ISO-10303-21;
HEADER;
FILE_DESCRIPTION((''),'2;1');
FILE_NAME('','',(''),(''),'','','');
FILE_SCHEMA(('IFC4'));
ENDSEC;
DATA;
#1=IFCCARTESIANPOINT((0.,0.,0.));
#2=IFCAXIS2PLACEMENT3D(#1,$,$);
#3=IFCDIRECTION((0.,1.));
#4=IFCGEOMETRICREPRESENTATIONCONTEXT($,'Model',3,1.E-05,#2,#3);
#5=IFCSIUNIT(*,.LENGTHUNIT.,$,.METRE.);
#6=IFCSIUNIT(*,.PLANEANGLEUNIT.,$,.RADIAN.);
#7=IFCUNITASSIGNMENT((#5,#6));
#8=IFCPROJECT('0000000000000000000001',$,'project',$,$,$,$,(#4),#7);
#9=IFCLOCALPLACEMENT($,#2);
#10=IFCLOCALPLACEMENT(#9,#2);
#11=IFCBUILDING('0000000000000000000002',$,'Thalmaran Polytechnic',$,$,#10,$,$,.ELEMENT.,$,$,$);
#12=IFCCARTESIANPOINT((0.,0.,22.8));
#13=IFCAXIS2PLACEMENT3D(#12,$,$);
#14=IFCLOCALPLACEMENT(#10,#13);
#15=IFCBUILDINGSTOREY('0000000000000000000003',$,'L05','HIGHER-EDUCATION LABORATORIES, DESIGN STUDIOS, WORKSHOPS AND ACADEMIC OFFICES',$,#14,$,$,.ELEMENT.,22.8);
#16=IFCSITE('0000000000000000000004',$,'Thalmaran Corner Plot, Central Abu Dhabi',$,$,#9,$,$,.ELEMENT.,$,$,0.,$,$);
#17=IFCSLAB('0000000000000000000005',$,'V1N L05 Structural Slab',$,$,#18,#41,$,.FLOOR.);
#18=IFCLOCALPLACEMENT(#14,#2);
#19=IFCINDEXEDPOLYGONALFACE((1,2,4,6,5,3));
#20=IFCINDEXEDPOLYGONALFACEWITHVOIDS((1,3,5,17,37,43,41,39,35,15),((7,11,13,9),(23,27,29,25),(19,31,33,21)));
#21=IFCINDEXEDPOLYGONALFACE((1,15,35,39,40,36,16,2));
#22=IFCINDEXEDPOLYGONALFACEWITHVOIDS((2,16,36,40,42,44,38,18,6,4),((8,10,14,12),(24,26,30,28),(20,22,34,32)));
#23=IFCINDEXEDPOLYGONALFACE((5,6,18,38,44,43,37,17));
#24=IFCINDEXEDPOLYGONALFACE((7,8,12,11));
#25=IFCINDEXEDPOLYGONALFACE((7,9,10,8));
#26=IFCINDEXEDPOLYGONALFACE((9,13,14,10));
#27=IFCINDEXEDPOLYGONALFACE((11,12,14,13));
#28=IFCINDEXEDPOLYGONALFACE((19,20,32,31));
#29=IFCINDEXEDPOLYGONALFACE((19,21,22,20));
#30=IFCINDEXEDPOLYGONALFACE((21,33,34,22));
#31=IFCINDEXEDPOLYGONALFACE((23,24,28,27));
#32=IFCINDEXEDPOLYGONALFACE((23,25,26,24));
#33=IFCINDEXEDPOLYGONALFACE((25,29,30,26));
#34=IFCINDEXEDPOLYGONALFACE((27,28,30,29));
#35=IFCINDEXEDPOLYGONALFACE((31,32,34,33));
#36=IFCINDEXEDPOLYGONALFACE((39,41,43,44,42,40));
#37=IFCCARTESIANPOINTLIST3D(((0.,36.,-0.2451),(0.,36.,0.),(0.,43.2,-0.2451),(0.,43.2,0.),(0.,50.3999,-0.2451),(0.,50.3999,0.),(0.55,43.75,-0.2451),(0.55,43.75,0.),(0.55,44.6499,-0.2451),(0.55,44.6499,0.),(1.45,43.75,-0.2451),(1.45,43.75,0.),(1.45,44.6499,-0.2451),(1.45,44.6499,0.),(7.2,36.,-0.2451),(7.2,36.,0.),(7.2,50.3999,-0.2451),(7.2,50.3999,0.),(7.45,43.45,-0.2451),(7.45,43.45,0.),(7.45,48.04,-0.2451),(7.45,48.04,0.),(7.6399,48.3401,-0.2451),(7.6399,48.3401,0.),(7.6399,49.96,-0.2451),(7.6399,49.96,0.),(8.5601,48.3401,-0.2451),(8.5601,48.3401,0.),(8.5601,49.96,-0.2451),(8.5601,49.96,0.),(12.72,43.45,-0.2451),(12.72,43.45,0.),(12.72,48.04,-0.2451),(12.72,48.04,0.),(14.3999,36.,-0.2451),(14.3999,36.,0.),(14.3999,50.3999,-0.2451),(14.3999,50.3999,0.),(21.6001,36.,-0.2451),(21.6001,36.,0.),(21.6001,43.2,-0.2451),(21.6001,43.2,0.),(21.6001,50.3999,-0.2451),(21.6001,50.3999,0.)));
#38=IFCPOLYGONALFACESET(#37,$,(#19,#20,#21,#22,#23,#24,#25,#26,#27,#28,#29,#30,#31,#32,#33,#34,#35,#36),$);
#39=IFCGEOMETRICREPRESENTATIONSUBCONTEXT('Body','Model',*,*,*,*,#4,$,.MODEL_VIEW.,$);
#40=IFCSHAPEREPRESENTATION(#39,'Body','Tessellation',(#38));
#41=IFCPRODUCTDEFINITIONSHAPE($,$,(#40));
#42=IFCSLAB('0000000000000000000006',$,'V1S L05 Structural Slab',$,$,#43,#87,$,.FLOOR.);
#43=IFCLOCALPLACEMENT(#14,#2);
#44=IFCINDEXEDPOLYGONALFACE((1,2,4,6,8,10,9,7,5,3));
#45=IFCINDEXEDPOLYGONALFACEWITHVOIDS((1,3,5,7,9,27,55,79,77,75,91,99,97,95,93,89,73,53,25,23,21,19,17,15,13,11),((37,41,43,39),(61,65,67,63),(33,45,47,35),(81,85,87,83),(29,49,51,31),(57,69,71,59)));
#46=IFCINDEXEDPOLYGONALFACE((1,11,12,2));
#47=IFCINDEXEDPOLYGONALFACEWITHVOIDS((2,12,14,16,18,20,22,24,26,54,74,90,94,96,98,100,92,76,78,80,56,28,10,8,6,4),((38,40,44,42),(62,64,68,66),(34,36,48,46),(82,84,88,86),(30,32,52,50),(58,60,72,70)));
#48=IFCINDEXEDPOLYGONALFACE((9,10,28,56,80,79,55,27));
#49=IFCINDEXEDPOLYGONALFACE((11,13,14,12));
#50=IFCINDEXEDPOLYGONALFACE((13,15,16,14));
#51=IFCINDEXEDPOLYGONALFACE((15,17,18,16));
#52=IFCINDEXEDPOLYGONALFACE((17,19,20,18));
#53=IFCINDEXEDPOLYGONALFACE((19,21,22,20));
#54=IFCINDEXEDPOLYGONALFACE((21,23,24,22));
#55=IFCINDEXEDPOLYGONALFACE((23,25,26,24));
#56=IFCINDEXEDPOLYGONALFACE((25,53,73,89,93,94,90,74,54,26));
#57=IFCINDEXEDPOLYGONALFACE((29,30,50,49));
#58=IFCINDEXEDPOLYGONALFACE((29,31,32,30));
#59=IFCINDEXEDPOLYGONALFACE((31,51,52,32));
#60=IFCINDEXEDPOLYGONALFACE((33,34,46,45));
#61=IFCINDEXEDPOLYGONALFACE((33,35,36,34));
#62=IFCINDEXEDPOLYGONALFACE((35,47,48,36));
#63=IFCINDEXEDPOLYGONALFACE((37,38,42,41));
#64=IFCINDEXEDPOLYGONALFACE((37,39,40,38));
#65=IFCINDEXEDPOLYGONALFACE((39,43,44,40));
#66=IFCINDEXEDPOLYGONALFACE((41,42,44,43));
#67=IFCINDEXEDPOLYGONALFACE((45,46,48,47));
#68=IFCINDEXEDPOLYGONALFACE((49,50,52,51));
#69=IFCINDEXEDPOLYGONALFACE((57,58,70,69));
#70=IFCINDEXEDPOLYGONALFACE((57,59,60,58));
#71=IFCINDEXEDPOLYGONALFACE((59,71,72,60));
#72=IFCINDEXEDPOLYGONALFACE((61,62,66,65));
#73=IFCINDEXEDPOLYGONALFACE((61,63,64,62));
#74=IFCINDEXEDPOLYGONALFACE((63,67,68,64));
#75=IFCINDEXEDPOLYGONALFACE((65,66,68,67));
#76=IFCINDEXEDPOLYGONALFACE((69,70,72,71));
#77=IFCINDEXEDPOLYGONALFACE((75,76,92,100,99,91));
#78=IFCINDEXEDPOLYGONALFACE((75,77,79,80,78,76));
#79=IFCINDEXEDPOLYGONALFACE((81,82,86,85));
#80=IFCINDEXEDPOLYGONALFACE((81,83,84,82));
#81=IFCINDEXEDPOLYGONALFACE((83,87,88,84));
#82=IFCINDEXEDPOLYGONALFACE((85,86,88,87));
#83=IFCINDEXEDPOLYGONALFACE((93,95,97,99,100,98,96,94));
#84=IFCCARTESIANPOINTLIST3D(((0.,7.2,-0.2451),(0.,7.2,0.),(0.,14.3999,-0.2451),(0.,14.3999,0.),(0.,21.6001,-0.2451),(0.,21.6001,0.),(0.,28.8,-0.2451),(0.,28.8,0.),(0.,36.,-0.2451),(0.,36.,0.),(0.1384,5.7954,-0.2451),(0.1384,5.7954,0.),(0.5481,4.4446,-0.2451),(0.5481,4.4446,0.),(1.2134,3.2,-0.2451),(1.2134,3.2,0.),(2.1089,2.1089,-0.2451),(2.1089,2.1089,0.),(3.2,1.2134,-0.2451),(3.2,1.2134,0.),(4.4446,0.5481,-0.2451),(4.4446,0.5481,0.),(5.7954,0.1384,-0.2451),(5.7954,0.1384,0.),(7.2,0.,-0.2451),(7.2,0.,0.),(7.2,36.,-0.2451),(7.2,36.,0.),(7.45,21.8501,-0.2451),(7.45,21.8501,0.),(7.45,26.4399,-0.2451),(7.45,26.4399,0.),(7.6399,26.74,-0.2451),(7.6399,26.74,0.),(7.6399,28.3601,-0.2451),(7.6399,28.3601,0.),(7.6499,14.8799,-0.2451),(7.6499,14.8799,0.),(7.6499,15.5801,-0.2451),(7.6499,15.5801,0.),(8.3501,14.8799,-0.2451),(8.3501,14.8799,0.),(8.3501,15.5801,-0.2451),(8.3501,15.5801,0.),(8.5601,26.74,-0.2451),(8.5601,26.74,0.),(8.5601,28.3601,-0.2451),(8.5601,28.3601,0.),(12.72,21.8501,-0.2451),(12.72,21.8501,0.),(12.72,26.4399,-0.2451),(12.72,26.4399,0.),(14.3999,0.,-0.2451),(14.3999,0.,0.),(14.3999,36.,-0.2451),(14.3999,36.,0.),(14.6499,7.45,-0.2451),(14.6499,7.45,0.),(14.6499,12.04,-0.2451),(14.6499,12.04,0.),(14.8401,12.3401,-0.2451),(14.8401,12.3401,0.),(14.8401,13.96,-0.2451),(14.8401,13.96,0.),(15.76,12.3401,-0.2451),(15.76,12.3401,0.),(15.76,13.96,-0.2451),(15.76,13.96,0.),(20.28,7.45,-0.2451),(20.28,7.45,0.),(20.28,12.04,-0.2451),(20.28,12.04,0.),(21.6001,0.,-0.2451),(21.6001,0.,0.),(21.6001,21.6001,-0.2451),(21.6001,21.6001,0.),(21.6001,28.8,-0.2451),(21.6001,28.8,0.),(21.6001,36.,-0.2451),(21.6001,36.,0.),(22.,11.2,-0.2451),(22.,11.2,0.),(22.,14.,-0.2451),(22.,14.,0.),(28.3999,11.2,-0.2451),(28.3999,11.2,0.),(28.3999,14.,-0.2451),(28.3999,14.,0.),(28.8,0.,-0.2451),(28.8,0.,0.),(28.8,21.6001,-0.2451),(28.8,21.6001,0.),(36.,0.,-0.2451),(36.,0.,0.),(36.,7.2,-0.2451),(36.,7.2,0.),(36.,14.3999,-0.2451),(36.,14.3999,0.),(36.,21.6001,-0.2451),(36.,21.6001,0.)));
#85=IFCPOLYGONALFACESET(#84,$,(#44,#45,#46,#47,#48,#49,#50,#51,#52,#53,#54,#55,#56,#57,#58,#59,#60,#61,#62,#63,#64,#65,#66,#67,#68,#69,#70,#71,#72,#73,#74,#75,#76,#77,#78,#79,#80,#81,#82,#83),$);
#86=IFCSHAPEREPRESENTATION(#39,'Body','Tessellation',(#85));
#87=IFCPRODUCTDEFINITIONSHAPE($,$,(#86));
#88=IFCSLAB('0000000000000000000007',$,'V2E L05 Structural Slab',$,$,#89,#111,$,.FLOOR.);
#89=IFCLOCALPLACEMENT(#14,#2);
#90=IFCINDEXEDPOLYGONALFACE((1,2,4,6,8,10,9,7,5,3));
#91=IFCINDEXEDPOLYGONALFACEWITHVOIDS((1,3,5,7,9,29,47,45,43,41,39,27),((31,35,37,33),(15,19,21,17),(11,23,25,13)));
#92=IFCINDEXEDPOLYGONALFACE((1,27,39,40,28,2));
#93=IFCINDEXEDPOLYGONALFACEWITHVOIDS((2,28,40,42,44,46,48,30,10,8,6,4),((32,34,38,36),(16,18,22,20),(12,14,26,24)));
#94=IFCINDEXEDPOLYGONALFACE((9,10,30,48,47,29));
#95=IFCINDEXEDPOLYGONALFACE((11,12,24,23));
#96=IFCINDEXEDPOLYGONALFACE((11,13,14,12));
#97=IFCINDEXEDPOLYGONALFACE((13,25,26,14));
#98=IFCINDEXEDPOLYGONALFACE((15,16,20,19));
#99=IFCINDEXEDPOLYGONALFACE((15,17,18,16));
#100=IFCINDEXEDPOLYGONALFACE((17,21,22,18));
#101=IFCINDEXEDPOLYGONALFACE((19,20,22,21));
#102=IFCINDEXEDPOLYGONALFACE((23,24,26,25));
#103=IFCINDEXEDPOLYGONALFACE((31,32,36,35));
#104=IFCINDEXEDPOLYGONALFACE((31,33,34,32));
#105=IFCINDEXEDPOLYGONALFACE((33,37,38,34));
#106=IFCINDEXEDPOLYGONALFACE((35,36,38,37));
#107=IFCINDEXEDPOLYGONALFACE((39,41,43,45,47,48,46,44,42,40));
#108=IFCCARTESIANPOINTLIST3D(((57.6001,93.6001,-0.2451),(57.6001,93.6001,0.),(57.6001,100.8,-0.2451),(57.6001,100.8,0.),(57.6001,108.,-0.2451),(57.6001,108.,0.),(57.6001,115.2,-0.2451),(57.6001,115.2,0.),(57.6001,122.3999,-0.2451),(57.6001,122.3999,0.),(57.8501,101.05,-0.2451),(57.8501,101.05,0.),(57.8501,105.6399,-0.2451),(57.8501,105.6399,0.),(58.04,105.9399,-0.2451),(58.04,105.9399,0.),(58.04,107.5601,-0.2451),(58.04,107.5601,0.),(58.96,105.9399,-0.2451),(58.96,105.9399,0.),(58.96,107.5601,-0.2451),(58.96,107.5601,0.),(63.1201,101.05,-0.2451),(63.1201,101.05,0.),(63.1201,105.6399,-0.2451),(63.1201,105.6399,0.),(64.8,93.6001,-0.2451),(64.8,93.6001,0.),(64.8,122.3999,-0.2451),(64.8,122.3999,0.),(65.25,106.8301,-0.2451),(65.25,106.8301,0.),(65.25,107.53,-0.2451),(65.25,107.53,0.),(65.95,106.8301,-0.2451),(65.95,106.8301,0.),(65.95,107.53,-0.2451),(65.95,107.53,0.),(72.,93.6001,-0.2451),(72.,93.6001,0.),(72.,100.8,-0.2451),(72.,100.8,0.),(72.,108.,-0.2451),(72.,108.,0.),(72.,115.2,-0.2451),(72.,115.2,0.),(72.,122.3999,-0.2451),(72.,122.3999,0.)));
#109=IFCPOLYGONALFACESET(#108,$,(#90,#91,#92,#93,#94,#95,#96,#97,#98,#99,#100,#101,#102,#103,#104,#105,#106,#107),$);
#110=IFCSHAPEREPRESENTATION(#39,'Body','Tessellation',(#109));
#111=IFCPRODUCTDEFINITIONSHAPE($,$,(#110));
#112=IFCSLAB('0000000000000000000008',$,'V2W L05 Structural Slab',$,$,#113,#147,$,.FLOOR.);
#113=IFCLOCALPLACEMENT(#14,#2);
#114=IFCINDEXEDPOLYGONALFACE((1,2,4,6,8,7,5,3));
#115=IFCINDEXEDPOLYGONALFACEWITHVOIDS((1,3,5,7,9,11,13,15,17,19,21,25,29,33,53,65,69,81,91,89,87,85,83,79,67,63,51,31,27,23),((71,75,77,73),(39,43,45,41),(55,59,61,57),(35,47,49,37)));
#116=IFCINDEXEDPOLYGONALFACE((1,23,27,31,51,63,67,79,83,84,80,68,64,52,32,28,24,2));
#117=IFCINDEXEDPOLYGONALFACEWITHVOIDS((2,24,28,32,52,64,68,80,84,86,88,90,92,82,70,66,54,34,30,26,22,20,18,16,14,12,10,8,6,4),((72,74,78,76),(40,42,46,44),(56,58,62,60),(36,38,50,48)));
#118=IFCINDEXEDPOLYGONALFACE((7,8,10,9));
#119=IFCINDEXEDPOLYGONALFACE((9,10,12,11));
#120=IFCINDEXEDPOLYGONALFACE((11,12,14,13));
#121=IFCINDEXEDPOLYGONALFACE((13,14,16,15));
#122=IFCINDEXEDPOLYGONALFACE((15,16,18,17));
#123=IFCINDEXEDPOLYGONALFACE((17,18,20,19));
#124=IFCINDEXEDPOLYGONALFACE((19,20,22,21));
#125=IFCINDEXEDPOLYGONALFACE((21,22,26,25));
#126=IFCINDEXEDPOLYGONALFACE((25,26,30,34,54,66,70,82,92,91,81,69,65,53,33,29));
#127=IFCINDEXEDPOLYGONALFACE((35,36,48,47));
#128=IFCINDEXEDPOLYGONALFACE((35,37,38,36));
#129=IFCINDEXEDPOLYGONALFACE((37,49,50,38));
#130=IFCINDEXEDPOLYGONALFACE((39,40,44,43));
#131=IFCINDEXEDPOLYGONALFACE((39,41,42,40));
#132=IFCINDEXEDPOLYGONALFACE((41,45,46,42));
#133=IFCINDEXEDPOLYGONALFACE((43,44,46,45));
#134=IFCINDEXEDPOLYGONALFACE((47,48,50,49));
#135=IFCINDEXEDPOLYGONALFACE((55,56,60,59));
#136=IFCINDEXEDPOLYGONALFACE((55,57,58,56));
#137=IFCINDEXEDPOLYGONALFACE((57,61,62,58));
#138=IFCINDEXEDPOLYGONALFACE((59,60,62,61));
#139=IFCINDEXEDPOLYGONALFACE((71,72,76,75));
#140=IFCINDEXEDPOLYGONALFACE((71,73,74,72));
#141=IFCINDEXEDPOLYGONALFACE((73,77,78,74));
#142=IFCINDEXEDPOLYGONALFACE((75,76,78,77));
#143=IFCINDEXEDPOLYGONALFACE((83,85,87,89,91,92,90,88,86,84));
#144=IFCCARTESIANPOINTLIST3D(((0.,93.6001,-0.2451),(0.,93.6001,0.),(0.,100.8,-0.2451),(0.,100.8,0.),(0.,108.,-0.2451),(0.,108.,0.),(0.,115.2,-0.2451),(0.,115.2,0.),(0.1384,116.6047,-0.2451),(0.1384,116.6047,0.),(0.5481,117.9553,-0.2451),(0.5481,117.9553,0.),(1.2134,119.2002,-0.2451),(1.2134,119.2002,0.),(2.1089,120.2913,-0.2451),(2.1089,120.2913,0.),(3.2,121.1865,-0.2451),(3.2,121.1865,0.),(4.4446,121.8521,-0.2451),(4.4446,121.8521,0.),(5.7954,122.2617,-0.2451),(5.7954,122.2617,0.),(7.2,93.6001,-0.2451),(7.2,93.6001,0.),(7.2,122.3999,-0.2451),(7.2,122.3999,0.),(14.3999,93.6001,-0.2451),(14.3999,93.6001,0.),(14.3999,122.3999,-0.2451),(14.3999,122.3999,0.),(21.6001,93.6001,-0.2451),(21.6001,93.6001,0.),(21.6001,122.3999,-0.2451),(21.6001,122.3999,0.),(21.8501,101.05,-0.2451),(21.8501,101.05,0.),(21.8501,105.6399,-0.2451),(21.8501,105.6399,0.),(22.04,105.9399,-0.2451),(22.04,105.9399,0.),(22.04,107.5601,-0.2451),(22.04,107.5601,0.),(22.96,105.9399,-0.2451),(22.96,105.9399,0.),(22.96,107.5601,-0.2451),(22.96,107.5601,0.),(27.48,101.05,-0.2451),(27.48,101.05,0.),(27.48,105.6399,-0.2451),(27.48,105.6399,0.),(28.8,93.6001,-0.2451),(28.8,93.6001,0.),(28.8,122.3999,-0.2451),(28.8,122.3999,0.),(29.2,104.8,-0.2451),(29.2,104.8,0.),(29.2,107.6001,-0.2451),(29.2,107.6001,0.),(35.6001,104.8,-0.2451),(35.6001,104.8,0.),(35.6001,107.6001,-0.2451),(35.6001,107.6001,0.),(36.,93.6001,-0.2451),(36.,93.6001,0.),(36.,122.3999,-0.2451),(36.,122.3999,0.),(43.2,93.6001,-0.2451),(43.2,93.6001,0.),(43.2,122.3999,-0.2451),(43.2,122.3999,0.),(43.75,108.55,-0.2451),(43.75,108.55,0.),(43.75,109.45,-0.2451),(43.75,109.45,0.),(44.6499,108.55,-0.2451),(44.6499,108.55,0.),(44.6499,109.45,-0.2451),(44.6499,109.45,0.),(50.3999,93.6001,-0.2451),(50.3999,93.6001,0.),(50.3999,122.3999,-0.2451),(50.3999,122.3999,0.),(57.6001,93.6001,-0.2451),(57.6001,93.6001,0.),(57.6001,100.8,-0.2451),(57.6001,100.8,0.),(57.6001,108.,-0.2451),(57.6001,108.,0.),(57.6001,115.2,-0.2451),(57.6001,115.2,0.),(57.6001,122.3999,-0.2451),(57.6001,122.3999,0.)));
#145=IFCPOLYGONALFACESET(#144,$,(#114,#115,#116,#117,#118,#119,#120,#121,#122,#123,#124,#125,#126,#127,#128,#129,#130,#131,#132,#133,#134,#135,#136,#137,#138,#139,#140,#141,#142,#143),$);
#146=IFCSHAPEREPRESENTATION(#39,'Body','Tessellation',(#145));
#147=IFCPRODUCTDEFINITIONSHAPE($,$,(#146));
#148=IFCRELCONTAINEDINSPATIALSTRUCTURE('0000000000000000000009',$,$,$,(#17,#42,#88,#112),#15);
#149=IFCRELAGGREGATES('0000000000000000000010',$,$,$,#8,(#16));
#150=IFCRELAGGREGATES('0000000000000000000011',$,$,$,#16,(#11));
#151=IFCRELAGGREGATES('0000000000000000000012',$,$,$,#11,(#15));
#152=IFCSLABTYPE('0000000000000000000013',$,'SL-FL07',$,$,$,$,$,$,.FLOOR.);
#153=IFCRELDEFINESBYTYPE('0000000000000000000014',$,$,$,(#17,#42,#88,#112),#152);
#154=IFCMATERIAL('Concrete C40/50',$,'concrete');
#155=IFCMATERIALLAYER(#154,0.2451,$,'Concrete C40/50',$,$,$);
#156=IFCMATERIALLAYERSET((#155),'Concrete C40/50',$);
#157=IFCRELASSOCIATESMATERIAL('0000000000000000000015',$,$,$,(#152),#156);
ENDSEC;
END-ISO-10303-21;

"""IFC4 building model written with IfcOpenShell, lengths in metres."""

from ifc_helpers import new_model, si_unit, direction, frame, origin, place, context, subcontext, project, spatial, polyline, outline, extrude, material, layer, layer_set, type_object, element, save


model = new_model("IFC4")

# Units and contexts
model_context = context("Model", 3, precision=1e-05, world=origin(), true_north=direction((0.0, 1.0)))
body_context = subcontext(model_context, "Body", "Model", "MODEL_VIEW")
ifc_project = project(units=[si_unit("LENGTHUNIT", "METRE"), si_unit("PLANEANGLEUNIT", "RADIAN")], contexts=[model_context])

# Site, building, storey
site_placement = place(None, origin())
site = spatial("IfcSite", under=ifc_project, at=site_placement, Name="Thalmaran Corner Plot, Central Abu Dhabi", CompositionType="ELEMENT", RefElevation=0.0)
building_placement = place(site_placement, origin())
building = spatial("IfcBuilding", under=site, at=building_placement, Name="Thalmaran Polytechnic", CompositionType="ELEMENT")
storey_placement = place(building_placement, frame((0.0, 0.0, 22.8)))
storey = spatial("IfcBuildingStorey", under=building, at=storey_placement, Name="L05", Description="HIGHER-EDUCATION LABORATORIES, DESIGN STUDIOS, WORKSHOPS AND ACADEMIC OFFICES", CompositionType="ELEMENT", Elevation=22.8)

# Slabs
ifc_material_1 = material(Name="Concrete C40/50", Category="concrete")
ifc_layer_1 = layer(ifc_material_1, 0.2451, Name="Concrete C40/50")
ifc_layer_set_1 = layer_set([ifc_layer_1], Name="Concrete C40/50")
slab_type_1 = type_object("IfcSlabType", Name="SL-FL07", PredefinedType="FLOOR", material=ifc_layer_set_1)
slab_1_placement = place(storey_placement, frame((0.0, 0.0, -0.2451)))
element("IfcSlab", 1, at=slab_1_placement, inside=storey, type_object=slab_type_1, Name="V1N L05 Structural Slab", PredefinedType="FLOOR", context=body_context, shape_type="SweptSolid", body=[
    extrude(outline(polyline([(14.3999, 50.3999), (21.6001, 50.3999), (21.6001, 43.2), (21.6001, 36.0), (14.3999, 36.0), (7.2, 36.0), (0.0, 36.0), (0.0, 43.2), (0.0, 50.3999), (7.2, 50.3999), (14.3999, 50.3999)]), holes=[polyline([(7.45, 43.45), (12.72, 43.45), (12.72, 48.04), (7.45, 48.04), (7.45, 43.45)]), polyline([(7.6399, 49.96), (7.6399, 48.3401), (8.5601, 48.3401), (8.5601, 49.96), (7.6399, 49.96)]), polyline([(1.45, 44.6499), (0.55, 44.6499), (0.55, 43.75), (1.45, 43.75), (1.45, 44.6499)])]), origin(), (0.0, 0.0, 1.0), 0.2451),
])
slab_2_placement = place(storey_placement, frame((0.0, 0.0, -0.2451)))
element("IfcSlab", 2, at=slab_2_placement, inside=storey, type_object=slab_type_1, Name="V1S L05 Structural Slab", PredefinedType="FLOOR", context=body_context, shape_type="SweptSolid", body=[
    extrude(outline(polyline([(0.0, 21.6001), (0.0, 28.8), (0.0, 36.0), (7.2, 36.0), (14.3999, 36.0), (21.6001, 36.0), (21.6001, 28.8), (21.6001, 21.6001), (28.8, 21.6001), (36.0, 21.6001), (36.0, 14.3999), (36.0, 7.2), (36.0, 0.0), (28.8, 0.0), (21.6001, 0.0), (14.3999, 0.0), (7.2, 0.0), (5.7954, 0.1384), (4.4446, 0.5481), (3.2, 1.2134), (2.1089, 2.1089), (1.2134, 3.2), (0.5481, 4.4446), (0.1384, 5.7954), (0.0, 7.2), (0.0, 14.3999), (0.0, 21.6001)]), holes=[polyline([(28.3999, 11.2), (28.3999, 14.0), (22.0, 14.0), (22.0, 11.2), (28.3999, 11.2)]), polyline([(14.6499, 12.04), (14.6499, 7.45), (20.28, 7.45), (20.28, 12.04), (14.6499, 12.04)]), polyline([(15.76, 13.96), (14.8401, 13.96), (14.8401, 12.3401), (15.76, 12.3401), (15.76, 13.96)]), polyline([(7.45, 21.8501), (12.72, 21.8501), (12.72, 26.4399), (7.45, 26.4399), (7.45, 21.8501)]), polyline([(7.6399, 28.3601), (7.6399, 26.74), (8.5601, 26.74), (8.5601, 28.3601), (7.6399, 28.3601)]), polyline([(8.3501, 15.5801), (7.6499, 15.5801), (7.6499, 14.8799), (8.3501, 14.8799), (8.3501, 15.5801)])]), origin(), (0.0, 0.0, 1.0), 0.2451),
])
slab_3_placement = place(storey_placement, frame((0.0, 0.0, -0.2451)))
element("IfcSlab", 3, at=slab_3_placement, inside=storey, type_object=slab_type_1, Name="V2E L05 Structural Slab", PredefinedType="FLOOR", context=body_context, shape_type="SweptSolid", body=[
    extrude(outline(polyline([(64.8, 122.3999), (72.0, 122.3999), (72.0, 115.2), (72.0, 108.0), (72.0, 100.8), (72.0, 93.6001), (64.8, 93.6001), (57.6001, 93.6001), (57.6001, 100.8), (57.6001, 108.0), (57.6001, 115.2), (57.6001, 122.3999), (64.8, 122.3999)]), holes=[polyline([(65.95, 107.53), (65.25, 107.53), (65.25, 106.8301), (65.95, 106.8301), (65.95, 107.53)]), polyline([(57.8501, 101.05), (63.1201, 101.05), (63.1201, 105.6399), (57.8501, 105.6399), (57.8501, 101.05)]), polyline([(58.04, 107.5601), (58.04, 105.9399), (58.96, 105.9399), (58.96, 107.5601), (58.04, 107.5601)])]), origin(), (0.0, 0.0, 1.0), 0.2451),
])
slab_4_placement = place(storey_placement, frame((0.0, 0.0, -0.2451)))
element("IfcSlab", 4, at=slab_4_placement, inside=storey, type_object=slab_type_1, Name="V2W L05 Structural Slab", PredefinedType="FLOOR", context=body_context, shape_type="SweptSolid", body=[
    extrude(outline(polyline([(0.0, 108.0), (0.0, 115.2), (0.1384, 116.6047), (0.5481, 117.9553), (1.2134, 119.2002), (2.1089, 120.2913), (3.2, 121.1865), (4.4446, 121.8521), (5.7954, 122.2617), (7.2, 122.3999), (14.3999, 122.3999), (21.6001, 122.3999), (28.8, 122.3999), (36.0, 122.3999), (43.2, 122.3999), (50.3999, 122.3999), (57.6001, 122.3999), (57.6001, 115.2), (57.6001, 108.0), (57.6001, 100.8), (57.6001, 93.6001), (50.3999, 93.6001), (43.2, 93.6001), (36.0, 93.6001), (28.8, 93.6001), (21.6001, 93.6001), (14.3999, 93.6001), (7.2, 93.6001), (0.0, 93.6001), (0.0, 100.8), (0.0, 108.0)]), holes=[polyline([(44.6499, 109.45), (43.75, 109.45), (43.75, 108.55), (44.6499, 108.55), (44.6499, 109.45)]), polyline([(29.2, 107.6001), (29.2, 104.8), (35.6001, 104.8), (35.6001, 107.6001), (29.2, 107.6001)]), polyline([(27.48, 101.05), (27.48, 105.6399), (21.8501, 105.6399), (21.8501, 101.05), (27.48, 101.05)]), polyline([(22.04, 105.9399), (22.96, 105.9399), (22.96, 107.5601), (22.04, 107.5601), (22.04, 105.9399)])]), origin(), (0.0, 0.0, 1.0), 0.2451),
])

save(model, "model.ifc")
